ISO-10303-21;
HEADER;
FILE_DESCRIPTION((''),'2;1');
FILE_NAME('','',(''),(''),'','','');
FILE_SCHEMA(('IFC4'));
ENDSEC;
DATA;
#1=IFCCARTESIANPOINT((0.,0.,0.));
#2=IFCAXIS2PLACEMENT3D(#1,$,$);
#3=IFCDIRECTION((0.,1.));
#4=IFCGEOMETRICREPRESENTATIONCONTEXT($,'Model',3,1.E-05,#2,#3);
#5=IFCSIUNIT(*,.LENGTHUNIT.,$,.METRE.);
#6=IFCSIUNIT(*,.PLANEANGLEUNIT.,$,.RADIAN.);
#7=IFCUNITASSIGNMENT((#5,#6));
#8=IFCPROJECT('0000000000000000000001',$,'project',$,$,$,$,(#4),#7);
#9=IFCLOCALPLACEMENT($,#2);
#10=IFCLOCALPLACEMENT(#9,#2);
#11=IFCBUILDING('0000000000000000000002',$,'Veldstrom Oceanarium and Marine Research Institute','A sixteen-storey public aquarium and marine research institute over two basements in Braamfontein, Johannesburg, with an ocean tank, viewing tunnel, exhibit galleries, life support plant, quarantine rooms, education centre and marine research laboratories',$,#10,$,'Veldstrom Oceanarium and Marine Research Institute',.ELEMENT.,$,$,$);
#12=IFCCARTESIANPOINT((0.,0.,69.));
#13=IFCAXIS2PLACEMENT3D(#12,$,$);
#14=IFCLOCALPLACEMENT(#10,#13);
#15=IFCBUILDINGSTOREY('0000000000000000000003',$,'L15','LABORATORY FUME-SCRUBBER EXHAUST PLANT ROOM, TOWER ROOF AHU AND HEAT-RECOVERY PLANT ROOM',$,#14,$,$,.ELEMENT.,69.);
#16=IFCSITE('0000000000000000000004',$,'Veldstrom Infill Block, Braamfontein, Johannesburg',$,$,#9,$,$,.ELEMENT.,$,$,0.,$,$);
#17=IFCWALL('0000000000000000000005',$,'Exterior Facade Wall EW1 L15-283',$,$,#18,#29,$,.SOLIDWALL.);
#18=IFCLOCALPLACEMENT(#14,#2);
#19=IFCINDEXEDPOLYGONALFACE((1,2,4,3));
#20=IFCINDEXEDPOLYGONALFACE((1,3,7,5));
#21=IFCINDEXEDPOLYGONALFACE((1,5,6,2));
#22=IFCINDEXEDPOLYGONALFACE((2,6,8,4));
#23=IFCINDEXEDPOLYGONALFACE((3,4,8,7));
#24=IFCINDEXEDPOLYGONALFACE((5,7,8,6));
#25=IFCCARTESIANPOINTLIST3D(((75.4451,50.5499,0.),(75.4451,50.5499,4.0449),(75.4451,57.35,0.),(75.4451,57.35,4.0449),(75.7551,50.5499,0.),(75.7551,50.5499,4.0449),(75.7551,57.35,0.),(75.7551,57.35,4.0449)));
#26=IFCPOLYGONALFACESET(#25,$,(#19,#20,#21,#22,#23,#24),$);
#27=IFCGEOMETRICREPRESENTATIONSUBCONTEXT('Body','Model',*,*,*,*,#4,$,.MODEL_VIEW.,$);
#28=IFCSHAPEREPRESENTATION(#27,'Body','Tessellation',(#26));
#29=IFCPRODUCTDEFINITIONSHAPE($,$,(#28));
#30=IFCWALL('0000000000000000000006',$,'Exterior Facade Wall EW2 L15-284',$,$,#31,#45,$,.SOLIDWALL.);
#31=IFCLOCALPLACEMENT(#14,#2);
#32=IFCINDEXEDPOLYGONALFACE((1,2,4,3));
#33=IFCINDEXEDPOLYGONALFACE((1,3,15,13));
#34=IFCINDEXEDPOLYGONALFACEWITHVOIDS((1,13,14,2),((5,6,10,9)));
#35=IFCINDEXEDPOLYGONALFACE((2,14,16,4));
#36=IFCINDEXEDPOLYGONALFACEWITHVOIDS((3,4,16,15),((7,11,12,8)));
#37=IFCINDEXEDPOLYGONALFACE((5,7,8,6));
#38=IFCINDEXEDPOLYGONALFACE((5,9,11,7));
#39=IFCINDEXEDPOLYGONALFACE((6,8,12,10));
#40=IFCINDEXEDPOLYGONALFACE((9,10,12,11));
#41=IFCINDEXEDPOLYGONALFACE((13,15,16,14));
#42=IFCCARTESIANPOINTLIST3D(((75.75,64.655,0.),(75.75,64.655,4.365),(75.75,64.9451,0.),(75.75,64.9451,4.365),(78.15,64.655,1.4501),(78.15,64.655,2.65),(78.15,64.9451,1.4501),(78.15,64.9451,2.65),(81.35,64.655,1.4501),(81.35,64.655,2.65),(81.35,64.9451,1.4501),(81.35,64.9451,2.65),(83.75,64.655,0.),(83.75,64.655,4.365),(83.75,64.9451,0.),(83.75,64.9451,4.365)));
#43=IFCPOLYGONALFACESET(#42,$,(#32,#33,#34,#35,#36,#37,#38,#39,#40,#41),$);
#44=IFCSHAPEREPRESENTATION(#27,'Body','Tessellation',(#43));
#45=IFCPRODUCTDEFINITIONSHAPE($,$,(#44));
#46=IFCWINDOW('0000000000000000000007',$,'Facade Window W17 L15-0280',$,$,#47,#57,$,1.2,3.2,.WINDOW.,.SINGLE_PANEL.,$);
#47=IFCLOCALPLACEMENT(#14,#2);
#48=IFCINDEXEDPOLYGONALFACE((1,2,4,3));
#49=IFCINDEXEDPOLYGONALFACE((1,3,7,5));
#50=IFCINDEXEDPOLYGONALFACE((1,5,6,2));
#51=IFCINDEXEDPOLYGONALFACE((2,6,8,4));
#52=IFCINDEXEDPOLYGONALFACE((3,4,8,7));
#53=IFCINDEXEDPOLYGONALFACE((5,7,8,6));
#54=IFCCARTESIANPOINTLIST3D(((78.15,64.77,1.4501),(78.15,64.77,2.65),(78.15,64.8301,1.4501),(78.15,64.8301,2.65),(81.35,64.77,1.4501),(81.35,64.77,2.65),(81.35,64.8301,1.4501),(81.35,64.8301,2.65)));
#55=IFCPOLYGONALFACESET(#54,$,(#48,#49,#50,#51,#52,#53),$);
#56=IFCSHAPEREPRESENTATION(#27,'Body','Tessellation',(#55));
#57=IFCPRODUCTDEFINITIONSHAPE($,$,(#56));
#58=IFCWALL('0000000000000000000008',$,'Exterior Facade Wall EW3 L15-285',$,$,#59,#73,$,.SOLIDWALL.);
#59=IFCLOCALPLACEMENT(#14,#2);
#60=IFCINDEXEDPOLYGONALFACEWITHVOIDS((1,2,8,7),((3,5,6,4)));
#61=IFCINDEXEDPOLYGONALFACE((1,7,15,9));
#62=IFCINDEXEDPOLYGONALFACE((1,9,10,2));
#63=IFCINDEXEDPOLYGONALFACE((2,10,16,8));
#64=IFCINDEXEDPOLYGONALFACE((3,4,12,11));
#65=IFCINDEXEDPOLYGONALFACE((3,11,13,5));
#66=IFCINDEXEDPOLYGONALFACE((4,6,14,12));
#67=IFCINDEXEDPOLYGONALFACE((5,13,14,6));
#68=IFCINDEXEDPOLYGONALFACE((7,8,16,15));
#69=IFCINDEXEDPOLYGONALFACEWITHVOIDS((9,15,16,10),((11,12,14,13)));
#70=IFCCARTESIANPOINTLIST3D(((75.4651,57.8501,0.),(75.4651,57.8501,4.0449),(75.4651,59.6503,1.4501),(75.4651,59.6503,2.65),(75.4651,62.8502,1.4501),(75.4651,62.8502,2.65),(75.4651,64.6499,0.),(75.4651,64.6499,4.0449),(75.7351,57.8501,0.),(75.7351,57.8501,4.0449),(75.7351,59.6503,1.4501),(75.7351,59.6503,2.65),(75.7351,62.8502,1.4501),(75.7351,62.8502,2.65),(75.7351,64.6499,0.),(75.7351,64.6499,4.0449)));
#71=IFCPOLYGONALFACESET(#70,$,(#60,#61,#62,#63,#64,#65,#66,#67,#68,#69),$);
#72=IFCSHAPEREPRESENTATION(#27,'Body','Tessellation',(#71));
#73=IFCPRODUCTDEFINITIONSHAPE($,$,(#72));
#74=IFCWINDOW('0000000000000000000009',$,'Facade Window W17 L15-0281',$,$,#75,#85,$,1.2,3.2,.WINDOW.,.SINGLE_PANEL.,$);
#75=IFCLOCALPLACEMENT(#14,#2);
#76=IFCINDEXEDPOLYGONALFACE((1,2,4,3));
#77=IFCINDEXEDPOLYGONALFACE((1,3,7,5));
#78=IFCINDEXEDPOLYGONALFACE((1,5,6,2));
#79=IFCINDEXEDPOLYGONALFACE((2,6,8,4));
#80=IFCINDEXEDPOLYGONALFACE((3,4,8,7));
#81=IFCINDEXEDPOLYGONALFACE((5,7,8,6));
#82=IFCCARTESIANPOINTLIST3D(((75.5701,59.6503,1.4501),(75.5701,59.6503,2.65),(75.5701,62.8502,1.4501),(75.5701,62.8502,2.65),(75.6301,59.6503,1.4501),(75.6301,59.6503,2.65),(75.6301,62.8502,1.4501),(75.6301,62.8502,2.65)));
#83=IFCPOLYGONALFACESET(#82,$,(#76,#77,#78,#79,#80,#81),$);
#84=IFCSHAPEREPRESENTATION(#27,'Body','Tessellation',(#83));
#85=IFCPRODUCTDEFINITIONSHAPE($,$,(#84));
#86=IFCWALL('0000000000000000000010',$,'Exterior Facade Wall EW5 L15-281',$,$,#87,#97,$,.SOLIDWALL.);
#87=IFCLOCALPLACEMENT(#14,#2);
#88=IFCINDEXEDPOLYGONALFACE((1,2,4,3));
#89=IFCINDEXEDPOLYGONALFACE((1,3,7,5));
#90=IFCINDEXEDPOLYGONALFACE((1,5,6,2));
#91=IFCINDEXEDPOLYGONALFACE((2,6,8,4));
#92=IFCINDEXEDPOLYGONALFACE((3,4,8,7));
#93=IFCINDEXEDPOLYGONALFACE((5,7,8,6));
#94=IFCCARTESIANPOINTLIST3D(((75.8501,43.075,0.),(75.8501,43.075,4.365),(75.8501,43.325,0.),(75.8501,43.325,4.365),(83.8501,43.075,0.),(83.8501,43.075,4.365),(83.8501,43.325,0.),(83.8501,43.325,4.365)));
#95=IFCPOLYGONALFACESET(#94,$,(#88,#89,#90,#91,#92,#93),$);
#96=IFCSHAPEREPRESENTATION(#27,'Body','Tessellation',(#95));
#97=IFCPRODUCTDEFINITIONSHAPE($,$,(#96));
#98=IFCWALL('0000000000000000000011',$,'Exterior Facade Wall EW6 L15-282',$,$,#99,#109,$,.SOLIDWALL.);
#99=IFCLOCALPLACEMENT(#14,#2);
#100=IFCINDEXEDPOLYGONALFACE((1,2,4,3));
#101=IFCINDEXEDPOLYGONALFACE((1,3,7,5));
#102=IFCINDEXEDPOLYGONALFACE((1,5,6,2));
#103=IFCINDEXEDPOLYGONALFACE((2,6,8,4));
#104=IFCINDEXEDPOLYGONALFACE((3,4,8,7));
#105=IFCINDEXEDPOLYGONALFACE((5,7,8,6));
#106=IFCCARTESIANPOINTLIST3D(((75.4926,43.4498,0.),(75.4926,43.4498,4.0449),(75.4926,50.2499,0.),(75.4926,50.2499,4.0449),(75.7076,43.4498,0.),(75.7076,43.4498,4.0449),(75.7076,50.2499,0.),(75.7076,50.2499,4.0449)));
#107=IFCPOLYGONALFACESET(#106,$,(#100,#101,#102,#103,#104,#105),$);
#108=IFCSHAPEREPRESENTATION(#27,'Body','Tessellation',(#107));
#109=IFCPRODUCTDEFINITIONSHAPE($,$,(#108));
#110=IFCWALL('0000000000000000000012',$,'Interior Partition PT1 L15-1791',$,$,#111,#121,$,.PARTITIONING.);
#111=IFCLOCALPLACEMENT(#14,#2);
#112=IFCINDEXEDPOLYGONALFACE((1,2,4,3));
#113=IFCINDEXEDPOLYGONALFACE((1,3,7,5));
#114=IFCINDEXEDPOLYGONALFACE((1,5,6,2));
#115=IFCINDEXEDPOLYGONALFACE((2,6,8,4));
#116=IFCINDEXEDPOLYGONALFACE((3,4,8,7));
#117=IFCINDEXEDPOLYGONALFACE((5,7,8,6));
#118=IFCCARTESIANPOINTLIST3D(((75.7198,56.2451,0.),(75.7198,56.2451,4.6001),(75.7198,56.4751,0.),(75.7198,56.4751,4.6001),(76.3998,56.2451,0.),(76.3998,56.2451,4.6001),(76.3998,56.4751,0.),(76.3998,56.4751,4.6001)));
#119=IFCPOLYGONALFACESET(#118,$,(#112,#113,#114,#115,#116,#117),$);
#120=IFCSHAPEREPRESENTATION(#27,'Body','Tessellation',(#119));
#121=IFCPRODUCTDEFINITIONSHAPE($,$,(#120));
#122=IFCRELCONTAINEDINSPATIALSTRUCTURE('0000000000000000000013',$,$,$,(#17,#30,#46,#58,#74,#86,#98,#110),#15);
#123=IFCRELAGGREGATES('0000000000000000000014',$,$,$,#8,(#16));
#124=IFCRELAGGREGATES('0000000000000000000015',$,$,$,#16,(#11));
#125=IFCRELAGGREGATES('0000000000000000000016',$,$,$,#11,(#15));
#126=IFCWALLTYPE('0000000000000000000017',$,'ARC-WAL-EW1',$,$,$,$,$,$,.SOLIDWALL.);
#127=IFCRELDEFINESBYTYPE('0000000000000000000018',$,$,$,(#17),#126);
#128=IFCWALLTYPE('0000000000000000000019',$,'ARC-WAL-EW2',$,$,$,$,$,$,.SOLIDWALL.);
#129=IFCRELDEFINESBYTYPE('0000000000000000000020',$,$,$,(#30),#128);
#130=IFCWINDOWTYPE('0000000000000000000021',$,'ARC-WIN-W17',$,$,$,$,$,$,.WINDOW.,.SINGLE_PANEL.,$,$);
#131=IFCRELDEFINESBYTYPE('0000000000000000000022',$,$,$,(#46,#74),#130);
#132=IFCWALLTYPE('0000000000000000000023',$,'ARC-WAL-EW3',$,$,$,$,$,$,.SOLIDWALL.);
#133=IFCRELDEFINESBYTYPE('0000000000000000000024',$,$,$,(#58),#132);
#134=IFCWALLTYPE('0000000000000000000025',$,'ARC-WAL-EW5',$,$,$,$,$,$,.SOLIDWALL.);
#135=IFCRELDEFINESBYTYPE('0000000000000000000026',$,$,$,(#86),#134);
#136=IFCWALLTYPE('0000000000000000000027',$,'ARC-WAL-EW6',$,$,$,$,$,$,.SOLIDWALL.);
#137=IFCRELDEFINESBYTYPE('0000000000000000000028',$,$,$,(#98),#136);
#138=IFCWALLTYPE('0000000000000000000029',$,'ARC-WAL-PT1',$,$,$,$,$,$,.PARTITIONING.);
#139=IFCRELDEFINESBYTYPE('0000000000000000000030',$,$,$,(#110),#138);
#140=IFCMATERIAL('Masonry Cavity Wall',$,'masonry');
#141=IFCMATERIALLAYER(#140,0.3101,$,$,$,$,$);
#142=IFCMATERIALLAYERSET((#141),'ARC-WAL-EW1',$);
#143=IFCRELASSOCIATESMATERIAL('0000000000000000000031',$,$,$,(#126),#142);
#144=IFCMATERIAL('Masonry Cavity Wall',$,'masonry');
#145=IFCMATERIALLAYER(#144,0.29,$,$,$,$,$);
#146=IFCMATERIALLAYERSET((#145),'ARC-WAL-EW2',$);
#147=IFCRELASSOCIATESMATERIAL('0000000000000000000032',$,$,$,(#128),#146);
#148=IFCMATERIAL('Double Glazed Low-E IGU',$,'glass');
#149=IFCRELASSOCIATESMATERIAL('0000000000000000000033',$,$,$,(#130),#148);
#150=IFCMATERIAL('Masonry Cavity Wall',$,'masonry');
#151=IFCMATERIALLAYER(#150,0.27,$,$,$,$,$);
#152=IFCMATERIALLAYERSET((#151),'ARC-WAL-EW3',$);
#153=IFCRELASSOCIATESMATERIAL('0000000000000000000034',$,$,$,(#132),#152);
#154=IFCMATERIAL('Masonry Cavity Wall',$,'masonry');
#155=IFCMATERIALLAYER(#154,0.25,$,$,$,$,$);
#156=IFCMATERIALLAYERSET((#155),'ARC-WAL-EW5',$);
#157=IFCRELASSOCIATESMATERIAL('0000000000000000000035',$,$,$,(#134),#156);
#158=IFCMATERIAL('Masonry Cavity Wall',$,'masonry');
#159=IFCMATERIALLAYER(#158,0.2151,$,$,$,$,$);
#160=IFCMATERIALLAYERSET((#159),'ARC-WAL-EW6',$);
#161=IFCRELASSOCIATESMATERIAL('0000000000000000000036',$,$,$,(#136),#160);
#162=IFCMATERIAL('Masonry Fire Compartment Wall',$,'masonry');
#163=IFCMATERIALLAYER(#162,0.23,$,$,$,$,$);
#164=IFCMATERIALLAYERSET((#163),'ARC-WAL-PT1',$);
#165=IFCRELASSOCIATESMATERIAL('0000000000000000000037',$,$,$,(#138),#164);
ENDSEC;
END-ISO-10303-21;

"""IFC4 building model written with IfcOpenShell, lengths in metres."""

from ifc_helpers import new_model, si_unit, direction, frame, frame_2d, origin, place, context, subcontext, project, spatial, rectangle, extrude, material, layer, layer_set, type_object, element, fill, save


model = new_model("IFC4")

# Units and contexts
model_context = context("Model", 3, precision=1e-05, world=origin(), true_north=direction((0.0, 1.0)))
body_context = subcontext(model_context, "Body", "Model", "MODEL_VIEW")
ifc_project = project(units=[si_unit("LENGTHUNIT", "METRE"), si_unit("PLANEANGLEUNIT", "RADIAN")], contexts=[model_context])

# Site, building, storey
site_placement = place(None, origin())
site = spatial("IfcSite", under=ifc_project, at=site_placement, Name="Veldstrom Infill Block, Braamfontein, Johannesburg", CompositionType="ELEMENT", RefElevation=0.0)
building_placement = place(site_placement, origin())
building = spatial("IfcBuilding", under=site, at=building_placement, Name="Veldstrom Oceanarium and Marine Research Institute", Description="A sixteen-storey public aquarium and marine research institute over two basements in Braamfontein, Johannesburg, with an ocean tank, viewing tunnel, exhibit galleries, life support plant, quarantine rooms, education centre and marine research laboratories", LongName="Veldstrom Oceanarium and Marine Research Institute", CompositionType="ELEMENT")
storey_placement = place(building_placement, frame((0.0, 0.0, 69.0)))
storey = spatial("IfcBuildingStorey", under=building, at=storey_placement, Name="L15", Description="LABORATORY FUME-SCRUBBER EXHAUST PLANT ROOM, TOWER ROOF AHU AND HEAT-RECOVERY PLANT ROOM", CompositionType="ELEMENT", Elevation=69.0)

# Wall
ifc_material_1 = material(Name="Masonry Cavity Wall", Category="masonry")
ifc_layer_1 = layer(ifc_material_1, 0.3101)
ifc_layer_set_1 = layer_set([ifc_layer_1], Name="ARC-WAL-EW1")
wall_type_1 = type_object("IfcWallType", Name="ARC-WAL-EW1", PredefinedType="SOLIDWALL", material=ifc_layer_set_1)
wall_1_placement = place(storey_placement, frame((75.6001, 50.55, 0.0), z_axis=(0.0, 0.0, 1.0), x_axis=(0.0, 1.0, 0.0)))
element("IfcWall", 1, at=wall_1_placement, inside=storey, type_object=wall_type_1, Name="Exterior Facade Wall EW1 L15-283", PredefinedType="SOLIDWALL", context=body_context, shape_type="SweptSolid", body=[
    extrude(rectangle(XDim=6.8, YDim=0.3101, at=frame_2d((3.3999, 0.0))), origin(), (0.0, 0.0, 1.0), 4.0449),
])

# Walls, openings, windows
ifc_material_2 = material(Name="Masonry Cavity Wall", Category="masonry")
ifc_layer_2 = layer(ifc_material_2, 0.29)
ifc_layer_set_2 = layer_set([ifc_layer_2], Name="ARC-WAL-EW2")
wall_type_2 = type_object("IfcWallType", Name="ARC-WAL-EW2", PredefinedType="SOLIDWALL", material=ifc_layer_set_2)
wall_2_placement = place(storey_placement, frame((75.75, 64.8, 0.0), z_axis=(0.0, 0.0, 1.0), x_axis=(1.0, 0.0, 0.0)))
wall_2 = element("IfcWall", 2, at=wall_2_placement, inside=storey, type_object=wall_type_2, Name="Exterior Facade Wall EW2 L15-284", PredefinedType="SOLIDWALL", context=body_context, shape_type="SweptSolid", body=[
    extrude(rectangle(XDim=8.0, YDim=0.29, at=frame_2d((4.0, 0.0))), origin(), (0.0, 0.0, 1.0), 4.365),
])
opening_1_placement = place(wall_2_placement, frame((2.3999, 0.0, 1.45)))
opening_1 = element("IfcOpeningElement", 3, at=opening_1_placement, cuts=wall_2, PredefinedType="OPENING", context=body_context, shape_type="SweptSolid", body=[
    extrude(rectangle(XDim=3.2, YDim=1.2, at=frame_2d((1.6001, 0.6001))), frame((0.0, 0.155, 0.0), z_axis=(0.0, -1.0, 0.0), x_axis=(1.0, 0.0, 0.0)), (0.0, 0.0, 1.0), 0.3101),
])
ifc_material_3 = material(Name="Double Glazed Low-E IGU", Category="glass")
window_type = type_object("IfcWindowType", Name="ARC-WIN-W17", PartitioningType="SINGLE_PANEL", PredefinedType="WINDOW", material=ifc_material_3)
window_1_placement = place(opening_1_placement, origin())
window_1 = element("IfcWindow", 4, at=window_1_placement, inside=storey, type_object=window_type, Name="Facade Window W17 L15-0280", OverallHeight=1.2, OverallWidth=3.2, PartitioningType="SINGLE_PANEL", PredefinedType="WINDOW", context=body_context, shape_type="SweptSolid", body=[
    extrude(rectangle(XDim=3.2, YDim=1.2, at=frame_2d((1.6001, 0.6001))), frame((0.0, 0.03, 0.0), z_axis=(0.0, -1.0, 0.0), x_axis=(1.0, 0.0, 0.0)), (0.0, 0.0, 1.0), 0.0601),
])
fill(opening_1, window_1)
ifc_material_4 = material(Name="Masonry Cavity Wall", Category="masonry")
ifc_layer_3 = layer(ifc_material_4, 0.27)
ifc_layer_set_3 = layer_set([ifc_layer_3], Name="ARC-WAL-EW3")
wall_type_3 = type_object("IfcWallType", Name="ARC-WAL-EW3", PredefinedType="SOLIDWALL", material=ifc_layer_set_3)
wall_3_placement = place(storey_placement, frame((75.6001, 57.8501, 0.0), z_axis=(0.0, 0.0, 1.0), x_axis=(0.0, 1.0, 0.0)))
wall_3 = element("IfcWall", 5, at=wall_3_placement, inside=storey, type_object=wall_type_3, Name="Exterior Facade Wall EW3 L15-285", PredefinedType="SOLIDWALL", context=body_context, shape_type="SweptSolid", body=[
    extrude(rectangle(XDim=6.7998, YDim=0.27, at=frame_2d((3.3999, 0.0))), origin(), (0.0, 0.0, 1.0), 4.0449),
])
opening_2_placement = place(wall_3_placement, frame((1.8, 0.0, 1.45)))
opening_2 = element("IfcOpeningElement", 6, at=opening_2_placement, cuts=wall_3, PredefinedType="OPENING", context=body_context, shape_type="SweptSolid", body=[
    extrude(rectangle(XDim=3.2, YDim=1.2, at=frame_2d((1.6001, 0.6001))), frame((0.0, 0.145, 0.0), z_axis=(0.0, -1.0, 0.0), x_axis=(1.0, 0.0, 0.0)), (0.0, 0.0, 1.0), 0.29),
])
window_2_placement = place(opening_2_placement, origin())
window_2 = element("IfcWindow", 7, at=window_2_placement, inside=storey, type_object=window_type, Name="Facade Window W17 L15-0281", OverallHeight=1.2, OverallWidth=3.2, PartitioningType="SINGLE_PANEL", PredefinedType="WINDOW", context=body_context, shape_type="SweptSolid", body=[
    extrude(rectangle(XDim=3.2, YDim=1.2, at=frame_2d((1.6001, 0.6001))), frame((0.0, 0.03, 0.0), z_axis=(0.0, -1.0, 0.0), x_axis=(1.0, 0.0, 0.0)), (0.0, 0.0, 1.0), 0.0601),
])
fill(opening_2, window_2)

# Walls
ifc_material_5 = material(Name="Masonry Cavity Wall", Category="masonry")
ifc_layer_4 = layer(ifc_material_5, 0.25)
ifc_layer_set_4 = layer_set([ifc_layer_4], Name="ARC-WAL-EW5")
wall_type_4 = type_object("IfcWallType", Name="ARC-WAL-EW5", PredefinedType="SOLIDWALL", material=ifc_layer_set_4)
wall_4_placement = place(storey_placement, frame((75.8501, 43.2, 0.0), z_axis=(0.0, 0.0, 1.0), x_axis=(1.0, 0.0, 0.0)))
element("IfcWall", 8, at=wall_4_placement, inside=storey, type_object=wall_type_4, Name="Exterior Facade Wall EW5 L15-281", PredefinedType="SOLIDWALL", context=body_context, shape_type="SweptSolid", body=[
    extrude(rectangle(XDim=8.0, YDim=0.25, at=frame_2d((4.0, 0.0))), origin(), (0.0, 0.0, 1.0), 4.365),
])
ifc_material_6 = material(Name="Masonry Cavity Wall", Category="masonry")
ifc_layer_5 = layer(ifc_material_6, 0.2151)
ifc_layer_set_5 = layer_set([ifc_layer_5], Name="ARC-WAL-EW6")
wall_type_5 = type_object("IfcWallType", Name="ARC-WAL-EW6", PredefinedType="SOLIDWALL", material=ifc_layer_set_5)
wall_5_placement = place(storey_placement, frame((75.6001, 43.45, 0.0), z_axis=(0.0, 0.0, 1.0), x_axis=(0.0, 1.0, 0.0)))
element("IfcWall", 9, at=wall_5_placement, inside=storey, type_object=wall_type_5, Name="Exterior Facade Wall EW6 L15-282", PredefinedType="SOLIDWALL", context=body_context, shape_type="SweptSolid", body=[
    extrude(rectangle(XDim=6.8, YDim=0.2151, at=frame_2d((3.3999, 0.0))), origin(), (0.0, 0.0, 1.0), 4.0449),
])

# Shared definitions
ifc_material_7 = material(Name="Masonry Fire Compartment Wall", Category="masonry")
ifc_layer_6 = layer(ifc_material_7, 0.23)
ifc_layer_set_6 = layer_set([ifc_layer_6], Name="ARC-WAL-PT1")
wall_type_6 = type_object("IfcWallType", Name="ARC-WAL-PT1", PredefinedType="PARTITIONING", material=ifc_layer_set_6)

# Wall
wall_6_placement = place(storey_placement, frame((75.72, 56.3601, 0.0), z_axis=(0.0, 0.0, 1.0), x_axis=(1.0, 0.0, 0.0)))
element("IfcWall", 10, at=wall_6_placement, inside=storey, type_object=wall_type_6, Name="Interior Partition PT1 L15-1791", PredefinedType="PARTITIONING", context=body_context, shape_type="SweptSolid", body=[
    extrude(rectangle(XDim=0.6799, YDim=0.23, at=frame_2d((0.3398, 0.0))), origin(), (0.0, 0.0, 1.0), 4.6001),
])

save(model, "model.ifc")
